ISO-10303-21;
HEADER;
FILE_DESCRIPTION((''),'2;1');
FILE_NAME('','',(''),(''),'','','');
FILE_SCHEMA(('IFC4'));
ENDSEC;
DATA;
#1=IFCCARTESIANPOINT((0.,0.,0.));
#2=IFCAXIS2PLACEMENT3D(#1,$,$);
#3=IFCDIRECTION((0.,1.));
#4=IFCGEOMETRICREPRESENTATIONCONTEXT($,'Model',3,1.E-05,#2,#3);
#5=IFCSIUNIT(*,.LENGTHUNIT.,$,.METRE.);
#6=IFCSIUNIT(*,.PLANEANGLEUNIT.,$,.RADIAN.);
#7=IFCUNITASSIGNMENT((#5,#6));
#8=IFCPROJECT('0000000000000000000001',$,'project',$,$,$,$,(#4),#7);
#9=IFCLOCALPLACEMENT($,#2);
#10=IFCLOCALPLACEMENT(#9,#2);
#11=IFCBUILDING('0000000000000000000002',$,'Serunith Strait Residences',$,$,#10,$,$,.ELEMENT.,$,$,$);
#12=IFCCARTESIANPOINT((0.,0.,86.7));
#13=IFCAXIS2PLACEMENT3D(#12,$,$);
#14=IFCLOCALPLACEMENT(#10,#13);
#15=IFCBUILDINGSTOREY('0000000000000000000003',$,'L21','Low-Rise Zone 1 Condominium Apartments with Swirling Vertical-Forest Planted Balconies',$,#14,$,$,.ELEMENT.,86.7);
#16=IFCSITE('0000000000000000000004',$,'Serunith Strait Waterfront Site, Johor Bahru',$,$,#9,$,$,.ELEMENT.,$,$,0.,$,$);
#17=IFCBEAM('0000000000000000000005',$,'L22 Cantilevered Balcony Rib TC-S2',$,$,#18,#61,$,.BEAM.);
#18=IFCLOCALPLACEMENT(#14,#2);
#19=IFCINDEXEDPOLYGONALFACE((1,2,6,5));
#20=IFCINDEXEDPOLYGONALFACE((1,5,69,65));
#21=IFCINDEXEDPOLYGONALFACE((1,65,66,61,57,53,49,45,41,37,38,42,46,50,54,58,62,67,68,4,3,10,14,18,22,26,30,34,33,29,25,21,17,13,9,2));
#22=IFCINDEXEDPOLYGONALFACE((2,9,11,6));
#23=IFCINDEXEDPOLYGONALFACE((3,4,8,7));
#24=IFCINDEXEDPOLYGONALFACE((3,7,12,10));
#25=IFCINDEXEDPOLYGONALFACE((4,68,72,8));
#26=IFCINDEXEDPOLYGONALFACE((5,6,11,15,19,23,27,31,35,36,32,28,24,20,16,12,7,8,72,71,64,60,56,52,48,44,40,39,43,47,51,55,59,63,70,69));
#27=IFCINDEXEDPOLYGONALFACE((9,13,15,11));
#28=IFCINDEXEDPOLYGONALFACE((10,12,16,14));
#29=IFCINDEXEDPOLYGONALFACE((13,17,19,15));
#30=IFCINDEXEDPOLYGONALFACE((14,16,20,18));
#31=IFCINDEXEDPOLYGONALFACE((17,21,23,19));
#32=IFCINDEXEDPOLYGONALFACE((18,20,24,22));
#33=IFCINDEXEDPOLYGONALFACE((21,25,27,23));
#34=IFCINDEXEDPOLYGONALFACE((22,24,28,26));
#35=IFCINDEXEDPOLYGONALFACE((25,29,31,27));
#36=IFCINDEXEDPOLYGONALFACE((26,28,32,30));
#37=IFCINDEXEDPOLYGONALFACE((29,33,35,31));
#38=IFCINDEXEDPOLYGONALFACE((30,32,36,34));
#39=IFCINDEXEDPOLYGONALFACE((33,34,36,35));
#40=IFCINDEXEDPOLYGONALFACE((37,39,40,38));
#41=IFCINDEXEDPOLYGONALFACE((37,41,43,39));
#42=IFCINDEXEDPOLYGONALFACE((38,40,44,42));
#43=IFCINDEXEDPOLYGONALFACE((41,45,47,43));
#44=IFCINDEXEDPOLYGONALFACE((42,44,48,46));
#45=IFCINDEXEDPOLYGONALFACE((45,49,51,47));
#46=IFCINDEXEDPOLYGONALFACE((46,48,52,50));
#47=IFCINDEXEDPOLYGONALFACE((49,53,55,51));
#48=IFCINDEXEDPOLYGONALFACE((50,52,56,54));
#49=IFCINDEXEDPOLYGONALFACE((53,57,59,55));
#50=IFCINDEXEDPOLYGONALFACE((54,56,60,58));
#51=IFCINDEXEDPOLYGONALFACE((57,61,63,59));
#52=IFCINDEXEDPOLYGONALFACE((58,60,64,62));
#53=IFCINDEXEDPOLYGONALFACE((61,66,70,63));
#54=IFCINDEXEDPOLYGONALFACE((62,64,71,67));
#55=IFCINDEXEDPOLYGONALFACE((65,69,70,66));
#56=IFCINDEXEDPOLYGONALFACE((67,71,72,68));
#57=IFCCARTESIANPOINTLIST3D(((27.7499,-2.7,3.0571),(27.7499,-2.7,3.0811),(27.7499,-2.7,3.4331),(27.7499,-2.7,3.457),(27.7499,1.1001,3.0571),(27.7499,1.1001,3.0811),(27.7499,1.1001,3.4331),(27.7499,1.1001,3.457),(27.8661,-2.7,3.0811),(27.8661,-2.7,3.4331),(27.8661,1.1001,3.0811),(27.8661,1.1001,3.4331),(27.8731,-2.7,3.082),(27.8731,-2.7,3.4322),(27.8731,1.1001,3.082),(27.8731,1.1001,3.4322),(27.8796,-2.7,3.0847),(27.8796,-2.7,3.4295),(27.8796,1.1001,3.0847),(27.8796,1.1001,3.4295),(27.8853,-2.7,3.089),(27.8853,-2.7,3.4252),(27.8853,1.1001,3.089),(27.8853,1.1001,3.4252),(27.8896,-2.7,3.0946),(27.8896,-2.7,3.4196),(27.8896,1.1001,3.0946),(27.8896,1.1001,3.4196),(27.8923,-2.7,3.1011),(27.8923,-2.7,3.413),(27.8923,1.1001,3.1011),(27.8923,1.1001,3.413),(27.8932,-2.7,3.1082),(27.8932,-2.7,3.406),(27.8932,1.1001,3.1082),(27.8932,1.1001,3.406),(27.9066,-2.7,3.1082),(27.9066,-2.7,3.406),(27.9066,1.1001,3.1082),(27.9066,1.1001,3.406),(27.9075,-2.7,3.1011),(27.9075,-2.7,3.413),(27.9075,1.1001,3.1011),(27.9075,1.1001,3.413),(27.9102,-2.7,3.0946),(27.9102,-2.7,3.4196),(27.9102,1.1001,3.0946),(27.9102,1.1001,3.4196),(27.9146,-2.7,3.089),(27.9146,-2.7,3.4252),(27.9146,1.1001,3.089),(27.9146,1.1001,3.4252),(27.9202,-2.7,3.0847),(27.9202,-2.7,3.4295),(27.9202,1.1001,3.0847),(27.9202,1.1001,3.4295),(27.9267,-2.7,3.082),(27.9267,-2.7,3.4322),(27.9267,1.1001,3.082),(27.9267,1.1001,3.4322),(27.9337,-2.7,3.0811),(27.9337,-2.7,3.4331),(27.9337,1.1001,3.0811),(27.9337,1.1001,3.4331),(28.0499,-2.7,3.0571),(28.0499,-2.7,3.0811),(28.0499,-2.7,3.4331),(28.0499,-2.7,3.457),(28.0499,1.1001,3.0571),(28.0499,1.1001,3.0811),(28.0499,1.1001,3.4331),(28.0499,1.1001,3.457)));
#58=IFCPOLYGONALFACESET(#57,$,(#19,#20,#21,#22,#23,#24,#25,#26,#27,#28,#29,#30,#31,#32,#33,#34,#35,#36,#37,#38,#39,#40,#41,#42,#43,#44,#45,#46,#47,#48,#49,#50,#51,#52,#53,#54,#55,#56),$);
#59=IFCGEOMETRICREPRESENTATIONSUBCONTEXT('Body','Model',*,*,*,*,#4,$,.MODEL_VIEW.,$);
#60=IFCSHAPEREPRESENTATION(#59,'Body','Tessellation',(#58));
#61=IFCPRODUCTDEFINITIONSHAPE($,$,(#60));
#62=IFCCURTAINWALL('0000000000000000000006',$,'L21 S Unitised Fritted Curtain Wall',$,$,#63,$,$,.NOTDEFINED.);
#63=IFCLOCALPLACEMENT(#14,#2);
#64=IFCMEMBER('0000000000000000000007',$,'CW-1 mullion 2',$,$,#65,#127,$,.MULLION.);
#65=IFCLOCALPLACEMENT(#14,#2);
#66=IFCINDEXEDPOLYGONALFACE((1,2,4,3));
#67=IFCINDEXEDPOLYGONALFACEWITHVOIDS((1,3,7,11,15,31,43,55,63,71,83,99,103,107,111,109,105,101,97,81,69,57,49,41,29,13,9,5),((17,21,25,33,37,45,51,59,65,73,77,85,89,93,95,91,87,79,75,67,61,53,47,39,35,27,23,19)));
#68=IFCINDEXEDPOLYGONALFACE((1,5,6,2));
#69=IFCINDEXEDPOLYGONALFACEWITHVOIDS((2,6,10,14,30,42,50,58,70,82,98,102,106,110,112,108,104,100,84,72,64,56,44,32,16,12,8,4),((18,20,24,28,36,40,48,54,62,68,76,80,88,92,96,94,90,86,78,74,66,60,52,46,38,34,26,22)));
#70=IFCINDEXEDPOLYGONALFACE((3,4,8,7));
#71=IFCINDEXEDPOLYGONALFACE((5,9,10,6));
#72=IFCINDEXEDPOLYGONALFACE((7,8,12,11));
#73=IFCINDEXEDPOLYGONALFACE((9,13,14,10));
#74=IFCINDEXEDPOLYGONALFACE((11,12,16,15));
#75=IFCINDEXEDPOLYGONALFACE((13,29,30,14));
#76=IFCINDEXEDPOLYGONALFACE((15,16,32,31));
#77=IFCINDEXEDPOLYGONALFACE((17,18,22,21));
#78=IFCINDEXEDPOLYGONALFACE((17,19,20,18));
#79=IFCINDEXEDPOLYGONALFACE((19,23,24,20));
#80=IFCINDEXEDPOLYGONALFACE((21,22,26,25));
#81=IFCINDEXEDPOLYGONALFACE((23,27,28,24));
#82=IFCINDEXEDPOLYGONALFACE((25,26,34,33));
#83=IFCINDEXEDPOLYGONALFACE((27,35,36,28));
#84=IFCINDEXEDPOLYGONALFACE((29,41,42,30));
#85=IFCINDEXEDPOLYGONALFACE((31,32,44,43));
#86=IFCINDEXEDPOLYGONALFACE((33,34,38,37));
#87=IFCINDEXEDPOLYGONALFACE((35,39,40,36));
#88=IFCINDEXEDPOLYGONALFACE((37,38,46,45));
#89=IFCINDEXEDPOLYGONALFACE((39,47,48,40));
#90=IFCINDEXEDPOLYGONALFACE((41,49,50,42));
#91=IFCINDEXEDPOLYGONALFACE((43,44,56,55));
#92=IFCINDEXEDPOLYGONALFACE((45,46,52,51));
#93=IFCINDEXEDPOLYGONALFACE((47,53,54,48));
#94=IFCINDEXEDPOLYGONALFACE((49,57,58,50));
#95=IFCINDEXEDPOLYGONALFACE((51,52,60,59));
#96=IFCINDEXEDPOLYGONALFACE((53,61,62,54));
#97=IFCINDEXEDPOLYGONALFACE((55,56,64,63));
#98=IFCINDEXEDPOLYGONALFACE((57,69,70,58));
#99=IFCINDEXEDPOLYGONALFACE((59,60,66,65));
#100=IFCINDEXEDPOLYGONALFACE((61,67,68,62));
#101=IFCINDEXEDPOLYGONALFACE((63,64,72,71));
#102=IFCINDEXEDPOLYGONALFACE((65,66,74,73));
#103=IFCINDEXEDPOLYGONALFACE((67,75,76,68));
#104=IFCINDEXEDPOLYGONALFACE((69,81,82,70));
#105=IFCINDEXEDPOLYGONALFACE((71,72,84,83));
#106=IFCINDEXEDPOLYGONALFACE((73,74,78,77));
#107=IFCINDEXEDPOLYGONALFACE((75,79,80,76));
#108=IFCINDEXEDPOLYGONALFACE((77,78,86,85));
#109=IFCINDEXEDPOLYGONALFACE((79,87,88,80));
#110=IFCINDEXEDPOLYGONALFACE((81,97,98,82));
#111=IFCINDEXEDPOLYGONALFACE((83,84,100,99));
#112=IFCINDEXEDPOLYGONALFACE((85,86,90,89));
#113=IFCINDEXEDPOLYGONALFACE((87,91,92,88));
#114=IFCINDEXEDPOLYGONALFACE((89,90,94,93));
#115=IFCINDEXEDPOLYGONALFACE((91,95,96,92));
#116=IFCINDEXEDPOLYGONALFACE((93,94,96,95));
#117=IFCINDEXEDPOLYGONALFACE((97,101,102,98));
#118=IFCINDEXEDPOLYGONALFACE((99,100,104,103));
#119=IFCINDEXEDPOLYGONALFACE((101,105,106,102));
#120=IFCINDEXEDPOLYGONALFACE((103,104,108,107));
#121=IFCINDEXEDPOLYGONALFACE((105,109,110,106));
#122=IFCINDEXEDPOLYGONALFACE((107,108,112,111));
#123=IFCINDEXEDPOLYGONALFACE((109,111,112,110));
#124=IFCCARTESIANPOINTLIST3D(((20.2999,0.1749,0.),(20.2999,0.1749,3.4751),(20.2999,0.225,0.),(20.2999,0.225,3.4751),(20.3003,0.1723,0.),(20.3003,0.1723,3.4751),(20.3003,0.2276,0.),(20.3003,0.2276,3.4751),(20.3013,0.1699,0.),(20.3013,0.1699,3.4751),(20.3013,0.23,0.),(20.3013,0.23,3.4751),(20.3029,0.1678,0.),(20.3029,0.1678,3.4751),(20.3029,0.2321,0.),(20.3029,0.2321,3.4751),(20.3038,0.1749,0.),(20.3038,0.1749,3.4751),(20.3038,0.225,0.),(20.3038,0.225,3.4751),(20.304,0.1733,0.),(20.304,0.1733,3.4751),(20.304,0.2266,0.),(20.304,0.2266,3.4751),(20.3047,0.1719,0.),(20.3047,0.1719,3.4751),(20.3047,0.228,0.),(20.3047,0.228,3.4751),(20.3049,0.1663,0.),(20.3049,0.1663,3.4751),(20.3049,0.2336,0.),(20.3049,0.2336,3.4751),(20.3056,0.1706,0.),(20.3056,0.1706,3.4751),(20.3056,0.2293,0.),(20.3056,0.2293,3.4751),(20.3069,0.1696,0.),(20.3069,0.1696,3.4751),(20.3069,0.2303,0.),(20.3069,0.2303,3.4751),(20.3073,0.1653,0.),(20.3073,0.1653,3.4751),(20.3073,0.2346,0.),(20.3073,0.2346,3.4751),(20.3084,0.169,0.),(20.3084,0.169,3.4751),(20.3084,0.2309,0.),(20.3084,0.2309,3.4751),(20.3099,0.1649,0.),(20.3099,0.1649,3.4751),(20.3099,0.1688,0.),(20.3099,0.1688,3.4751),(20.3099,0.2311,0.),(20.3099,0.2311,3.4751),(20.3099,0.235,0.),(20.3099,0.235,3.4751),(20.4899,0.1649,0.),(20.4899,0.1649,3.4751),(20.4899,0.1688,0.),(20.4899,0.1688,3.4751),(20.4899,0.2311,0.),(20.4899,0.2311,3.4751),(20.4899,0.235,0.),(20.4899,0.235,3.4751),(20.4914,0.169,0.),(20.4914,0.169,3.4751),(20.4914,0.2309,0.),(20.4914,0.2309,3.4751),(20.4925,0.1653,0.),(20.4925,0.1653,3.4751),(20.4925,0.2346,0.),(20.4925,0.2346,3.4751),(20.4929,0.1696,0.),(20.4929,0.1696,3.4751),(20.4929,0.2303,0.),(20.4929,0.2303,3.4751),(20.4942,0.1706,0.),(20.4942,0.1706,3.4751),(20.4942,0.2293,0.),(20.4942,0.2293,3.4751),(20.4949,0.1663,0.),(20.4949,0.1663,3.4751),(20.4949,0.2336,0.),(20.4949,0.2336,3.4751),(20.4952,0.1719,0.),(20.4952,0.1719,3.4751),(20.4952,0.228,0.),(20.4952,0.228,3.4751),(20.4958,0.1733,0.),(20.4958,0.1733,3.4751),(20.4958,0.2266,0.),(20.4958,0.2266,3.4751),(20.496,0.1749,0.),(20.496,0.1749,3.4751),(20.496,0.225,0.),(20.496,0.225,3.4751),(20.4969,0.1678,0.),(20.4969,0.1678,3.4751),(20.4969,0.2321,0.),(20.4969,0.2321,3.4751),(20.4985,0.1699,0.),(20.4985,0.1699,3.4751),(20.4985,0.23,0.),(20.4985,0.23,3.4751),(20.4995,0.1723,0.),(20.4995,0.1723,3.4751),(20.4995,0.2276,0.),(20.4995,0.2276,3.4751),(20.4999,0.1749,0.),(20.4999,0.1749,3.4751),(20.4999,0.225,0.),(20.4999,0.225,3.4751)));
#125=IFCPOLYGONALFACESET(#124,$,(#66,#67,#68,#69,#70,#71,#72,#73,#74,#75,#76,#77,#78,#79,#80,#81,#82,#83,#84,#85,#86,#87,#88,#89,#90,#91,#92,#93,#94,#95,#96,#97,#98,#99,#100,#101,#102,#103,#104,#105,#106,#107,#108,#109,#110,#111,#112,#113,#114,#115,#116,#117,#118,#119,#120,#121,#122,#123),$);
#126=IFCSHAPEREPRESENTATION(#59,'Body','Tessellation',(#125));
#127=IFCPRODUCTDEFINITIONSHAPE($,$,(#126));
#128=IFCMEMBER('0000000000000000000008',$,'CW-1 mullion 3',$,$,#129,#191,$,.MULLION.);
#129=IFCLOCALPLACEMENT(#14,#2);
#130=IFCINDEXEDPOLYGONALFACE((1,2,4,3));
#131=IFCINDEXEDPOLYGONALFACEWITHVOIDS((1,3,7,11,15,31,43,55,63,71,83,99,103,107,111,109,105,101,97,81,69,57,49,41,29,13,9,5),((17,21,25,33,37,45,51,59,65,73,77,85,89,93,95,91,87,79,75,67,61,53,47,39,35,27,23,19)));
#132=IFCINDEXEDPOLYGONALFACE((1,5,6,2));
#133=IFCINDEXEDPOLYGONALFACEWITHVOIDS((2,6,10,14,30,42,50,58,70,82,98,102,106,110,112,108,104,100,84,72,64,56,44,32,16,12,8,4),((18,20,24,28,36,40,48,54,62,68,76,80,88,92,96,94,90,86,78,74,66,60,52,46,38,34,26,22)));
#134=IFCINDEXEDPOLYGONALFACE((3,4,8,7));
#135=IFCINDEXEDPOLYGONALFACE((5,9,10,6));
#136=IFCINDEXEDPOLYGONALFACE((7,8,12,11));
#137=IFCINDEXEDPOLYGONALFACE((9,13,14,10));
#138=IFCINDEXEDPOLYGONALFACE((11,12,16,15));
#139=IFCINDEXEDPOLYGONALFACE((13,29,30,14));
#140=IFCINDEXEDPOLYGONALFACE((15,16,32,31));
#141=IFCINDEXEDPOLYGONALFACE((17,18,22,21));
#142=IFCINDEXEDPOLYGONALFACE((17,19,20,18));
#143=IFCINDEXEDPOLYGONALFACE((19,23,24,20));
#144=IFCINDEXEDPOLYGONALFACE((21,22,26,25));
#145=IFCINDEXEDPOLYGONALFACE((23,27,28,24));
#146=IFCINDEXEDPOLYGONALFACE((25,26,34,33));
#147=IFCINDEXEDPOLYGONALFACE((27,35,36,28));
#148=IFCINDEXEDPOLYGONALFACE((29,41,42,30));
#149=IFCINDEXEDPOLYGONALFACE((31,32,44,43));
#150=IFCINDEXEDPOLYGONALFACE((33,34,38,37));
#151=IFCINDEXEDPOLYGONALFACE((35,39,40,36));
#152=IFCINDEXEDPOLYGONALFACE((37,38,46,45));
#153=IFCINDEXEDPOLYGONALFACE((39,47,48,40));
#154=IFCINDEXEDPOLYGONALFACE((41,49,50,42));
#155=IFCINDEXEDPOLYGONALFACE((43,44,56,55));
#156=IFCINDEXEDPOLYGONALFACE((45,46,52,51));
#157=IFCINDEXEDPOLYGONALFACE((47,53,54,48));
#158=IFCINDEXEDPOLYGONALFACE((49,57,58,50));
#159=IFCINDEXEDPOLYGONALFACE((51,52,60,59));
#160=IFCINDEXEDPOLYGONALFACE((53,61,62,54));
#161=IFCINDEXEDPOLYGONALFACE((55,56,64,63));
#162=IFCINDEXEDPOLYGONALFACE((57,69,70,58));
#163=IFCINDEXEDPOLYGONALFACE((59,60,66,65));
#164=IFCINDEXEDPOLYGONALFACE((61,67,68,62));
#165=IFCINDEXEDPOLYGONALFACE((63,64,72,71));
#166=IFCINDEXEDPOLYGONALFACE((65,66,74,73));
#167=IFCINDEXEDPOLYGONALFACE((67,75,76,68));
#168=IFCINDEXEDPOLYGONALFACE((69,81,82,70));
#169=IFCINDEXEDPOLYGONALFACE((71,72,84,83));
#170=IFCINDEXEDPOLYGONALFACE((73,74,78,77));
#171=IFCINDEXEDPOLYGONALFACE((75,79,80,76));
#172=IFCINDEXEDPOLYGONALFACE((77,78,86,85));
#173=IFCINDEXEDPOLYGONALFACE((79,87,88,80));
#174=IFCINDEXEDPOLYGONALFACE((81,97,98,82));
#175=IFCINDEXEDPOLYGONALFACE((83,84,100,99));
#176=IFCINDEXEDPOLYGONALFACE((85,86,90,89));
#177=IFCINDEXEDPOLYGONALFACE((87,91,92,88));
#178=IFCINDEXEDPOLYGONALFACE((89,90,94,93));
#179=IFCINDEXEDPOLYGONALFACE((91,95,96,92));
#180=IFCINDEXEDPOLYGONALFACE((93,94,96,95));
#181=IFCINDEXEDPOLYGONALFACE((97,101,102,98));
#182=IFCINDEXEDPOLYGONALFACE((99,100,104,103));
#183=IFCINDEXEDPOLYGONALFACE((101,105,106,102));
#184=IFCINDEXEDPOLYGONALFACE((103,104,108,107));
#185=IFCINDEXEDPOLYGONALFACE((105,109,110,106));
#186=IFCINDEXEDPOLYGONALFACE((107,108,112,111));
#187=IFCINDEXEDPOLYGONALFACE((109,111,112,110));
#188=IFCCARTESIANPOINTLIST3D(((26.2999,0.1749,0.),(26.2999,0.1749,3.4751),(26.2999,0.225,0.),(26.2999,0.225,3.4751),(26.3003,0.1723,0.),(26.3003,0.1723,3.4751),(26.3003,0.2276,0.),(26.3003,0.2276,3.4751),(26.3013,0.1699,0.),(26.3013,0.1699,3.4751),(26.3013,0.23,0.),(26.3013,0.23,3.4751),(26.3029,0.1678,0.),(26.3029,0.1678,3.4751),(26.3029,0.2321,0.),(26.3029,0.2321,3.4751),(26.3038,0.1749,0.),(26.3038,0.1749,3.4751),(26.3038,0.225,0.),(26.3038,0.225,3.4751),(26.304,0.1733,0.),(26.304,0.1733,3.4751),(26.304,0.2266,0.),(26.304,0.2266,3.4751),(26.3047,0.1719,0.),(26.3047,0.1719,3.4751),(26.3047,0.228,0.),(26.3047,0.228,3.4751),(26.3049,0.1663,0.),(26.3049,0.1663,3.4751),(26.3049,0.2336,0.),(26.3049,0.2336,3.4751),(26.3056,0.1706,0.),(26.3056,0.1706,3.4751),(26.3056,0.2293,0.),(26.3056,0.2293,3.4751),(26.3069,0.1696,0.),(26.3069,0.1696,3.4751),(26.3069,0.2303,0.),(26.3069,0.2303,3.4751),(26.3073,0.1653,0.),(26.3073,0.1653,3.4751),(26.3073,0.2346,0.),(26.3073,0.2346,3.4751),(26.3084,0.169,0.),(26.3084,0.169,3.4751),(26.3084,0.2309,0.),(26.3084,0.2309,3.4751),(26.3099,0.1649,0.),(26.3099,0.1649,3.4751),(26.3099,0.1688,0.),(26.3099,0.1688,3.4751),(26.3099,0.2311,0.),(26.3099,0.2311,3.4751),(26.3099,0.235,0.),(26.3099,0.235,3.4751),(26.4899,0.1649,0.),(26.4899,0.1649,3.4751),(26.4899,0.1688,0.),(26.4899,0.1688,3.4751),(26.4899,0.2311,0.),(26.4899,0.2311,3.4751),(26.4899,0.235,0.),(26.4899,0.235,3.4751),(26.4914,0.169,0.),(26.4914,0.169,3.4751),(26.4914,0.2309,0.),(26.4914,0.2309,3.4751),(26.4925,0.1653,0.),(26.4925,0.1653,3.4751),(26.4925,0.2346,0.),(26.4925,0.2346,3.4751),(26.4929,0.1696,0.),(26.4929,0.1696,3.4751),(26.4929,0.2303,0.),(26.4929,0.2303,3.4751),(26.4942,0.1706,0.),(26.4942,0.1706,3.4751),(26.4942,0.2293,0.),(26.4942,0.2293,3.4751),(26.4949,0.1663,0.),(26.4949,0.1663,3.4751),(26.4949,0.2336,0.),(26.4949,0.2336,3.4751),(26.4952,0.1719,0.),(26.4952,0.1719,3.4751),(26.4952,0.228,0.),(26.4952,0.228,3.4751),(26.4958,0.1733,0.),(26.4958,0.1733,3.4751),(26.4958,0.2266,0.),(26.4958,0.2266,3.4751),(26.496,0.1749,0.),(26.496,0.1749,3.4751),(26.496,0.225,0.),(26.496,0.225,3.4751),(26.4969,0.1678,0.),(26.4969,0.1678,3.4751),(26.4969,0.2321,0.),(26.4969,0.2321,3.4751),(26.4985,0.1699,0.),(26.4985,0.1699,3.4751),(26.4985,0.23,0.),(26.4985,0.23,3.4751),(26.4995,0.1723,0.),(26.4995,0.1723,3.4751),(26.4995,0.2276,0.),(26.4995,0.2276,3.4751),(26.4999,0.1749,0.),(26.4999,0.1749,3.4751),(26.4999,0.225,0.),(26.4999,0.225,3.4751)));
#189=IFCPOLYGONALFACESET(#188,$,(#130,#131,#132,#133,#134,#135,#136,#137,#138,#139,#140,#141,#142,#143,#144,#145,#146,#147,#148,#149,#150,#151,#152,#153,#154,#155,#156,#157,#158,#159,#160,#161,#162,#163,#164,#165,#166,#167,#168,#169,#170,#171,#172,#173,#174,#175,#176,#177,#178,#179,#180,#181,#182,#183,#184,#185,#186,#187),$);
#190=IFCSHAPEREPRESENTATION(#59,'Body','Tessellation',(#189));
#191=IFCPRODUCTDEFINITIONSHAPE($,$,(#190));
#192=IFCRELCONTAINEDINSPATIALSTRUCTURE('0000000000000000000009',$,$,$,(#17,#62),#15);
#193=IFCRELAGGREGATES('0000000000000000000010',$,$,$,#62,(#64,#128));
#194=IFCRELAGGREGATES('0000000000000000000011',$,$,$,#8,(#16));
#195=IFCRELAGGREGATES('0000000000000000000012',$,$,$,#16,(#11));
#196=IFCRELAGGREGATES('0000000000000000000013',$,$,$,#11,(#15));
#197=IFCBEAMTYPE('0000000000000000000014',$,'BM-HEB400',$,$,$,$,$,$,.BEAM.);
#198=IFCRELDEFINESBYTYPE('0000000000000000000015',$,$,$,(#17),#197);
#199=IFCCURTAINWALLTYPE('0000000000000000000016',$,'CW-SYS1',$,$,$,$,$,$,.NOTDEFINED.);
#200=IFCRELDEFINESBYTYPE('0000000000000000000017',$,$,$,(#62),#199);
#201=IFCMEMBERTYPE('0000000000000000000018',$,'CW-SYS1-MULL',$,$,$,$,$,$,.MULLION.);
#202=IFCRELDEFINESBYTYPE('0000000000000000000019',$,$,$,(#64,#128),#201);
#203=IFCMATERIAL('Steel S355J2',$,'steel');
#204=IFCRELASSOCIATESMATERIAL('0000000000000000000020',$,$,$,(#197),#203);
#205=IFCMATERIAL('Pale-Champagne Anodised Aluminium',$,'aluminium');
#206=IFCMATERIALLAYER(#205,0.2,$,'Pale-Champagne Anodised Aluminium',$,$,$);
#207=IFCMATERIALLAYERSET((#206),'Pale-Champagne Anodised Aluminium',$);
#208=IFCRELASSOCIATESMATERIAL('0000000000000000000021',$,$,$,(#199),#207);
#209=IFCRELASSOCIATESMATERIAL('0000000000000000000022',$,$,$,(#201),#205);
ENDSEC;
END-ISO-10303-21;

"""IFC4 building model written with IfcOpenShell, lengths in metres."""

from ifc_helpers import new_model, si_unit, direction, frame, origin, origin_2d, place, context, subcontext, project, spatial, hollow_rectangle, i_section, extrude, source, transform, mapped, material, layer, layer_set, material_profile, profile_set, type_object, element, aggregate, save


model = new_model("IFC4")

# Units and contexts
model_context = context("Model", 3, precision=1e-05, world=origin(), true_north=direction((0.0, 1.0)))
body_context = subcontext(model_context, "Body", "Model", "MODEL_VIEW")
ifc_project = project(units=[si_unit("LENGTHUNIT", "METRE"), si_unit("PLANEANGLEUNIT", "RADIAN")], contexts=[model_context])

# Site, building, storey
site_placement = place(None, origin())
site = spatial("IfcSite", under=ifc_project, at=site_placement, Name="Serunith Strait Waterfront Site, Johor Bahru", CompositionType="ELEMENT", RefElevation=0.0)
building_placement = place(site_placement, origin())
building = spatial("IfcBuilding", under=site, at=building_placement, Name="Serunith Strait Residences", CompositionType="ELEMENT")
storey_placement = place(building_placement, frame((0.0, 0.0, 86.7)))
storey = spatial("IfcBuildingStorey", under=building, at=storey_placement, Name="L21", Description="Low-Rise Zone 1 Condominium Apartments with Swirling Vertical-Forest Planted Balconies", CompositionType="ELEMENT", Elevation=86.7)

# Beam
ifc_material_1 = material(Name="Steel S355J2", Category="steel")
ifc_material_profile_1 = material_profile(ifc_material_1, i_section(OverallWidth=0.3, OverallDepth=0.3999, WebThickness=0.0134, FlangeThickness=0.0239, FilletRadius=0.0271, at=origin_2d()), Name="HEB 400")
ifc_profile_set_1 = profile_set([ifc_material_profile_1], Name="Steel S355J2")
beam_type_1 = type_object("IfcBeamType", Name="BM-HEB400", PredefinedType="BEAM", material=ifc_profile_set_1)
shared_shape_1 = source(origin(), body_context, "Body", "SweptSolid", [
    extrude(i_section(OverallWidth=0.3, OverallDepth=0.3999, WebThickness=0.0134, FlangeThickness=0.0239, FilletRadius=0.0271, at=origin_2d()), origin(), (0.0, 0.0, 1.0), 3.8),
])
beam_1_placement = place(storey_placement, frame((27.8999, 1.1001, 3.2571), z_axis=(0.0, -1.0, 0.0), x_axis=(1.0, 0.0, 0.0)))
element("IfcBeam", 1, at=beam_1_placement, inside=storey, type_object=beam_type_1, Name="L22 Cantilevered Balcony Rib TC-S2", PredefinedType="BEAM", context=body_context, shape_type="MappedRepresentation", body=[
    mapped(shared_shape_1, transform((0.0, 0.0, 0.0), scale=1.0)),
])

# Curtain wall, members
ifc_material_2 = material(Name="Pale-Champagne Anodised Aluminium", Category="aluminium")
ifc_layer_1 = layer(ifc_material_2, 0.2, Name="Pale-Champagne Anodised Aluminium")
ifc_layer_set_1 = layer_set([ifc_layer_1], Name="Pale-Champagne Anodised Aluminium")
curtain_wall_type = type_object("IfcCurtainWallType", Name="CW-SYS1", PredefinedType="NOTDEFINED", material=ifc_layer_set_1)
curtain_wall_placement = place(storey_placement, origin())
curtain_wall = element("IfcCurtainWall", 2, at=curtain_wall_placement, inside=storey, type_object=curtain_wall_type, Name="L21 S Unitised Fritted Curtain Wall", PredefinedType="NOTDEFINED")
ifc_material_profile_2 = material_profile(ifc_material_2, hollow_rectangle(XDim=0.0701, YDim=0.2, WallThickness=0.0039, InnerFilletRadius=0.0061, OuterFilletRadius=0.01, at=origin_2d()), Name="ALU 200x70x4")
ifc_profile_set_2 = profile_set([ifc_material_profile_2], Name="Pale-Champagne Anodised Aluminium")
member_type_1 = type_object("IfcMemberType", Name="CW-SYS1-MULL", PredefinedType="MULLION", material=ifc_profile_set_2)
shared_shape_2 = source(origin(), body_context, "Body", "SweptSolid", [
    extrude(hollow_rectangle(XDim=0.0701, YDim=0.2, WallThickness=0.0039, InnerFilletRadius=0.0061, OuterFilletRadius=0.01, at=origin_2d()), origin(), (0.0, 0.0, 1.0), 3.4751),
])
member_1_placement = place(storey_placement, frame((20.3999, 0.2, 0.0), z_axis=(0.0, 0.0, 1.0), x_axis=(0.0, 1.0, 0.0)))
member_1 = element("IfcMember", 3, at=member_1_placement, type_object=member_type_1, Name="CW-1 mullion 2", PredefinedType="MULLION", context=body_context, shape_type="MappedRepresentation", body=[
    mapped(shared_shape_2, transform((0.0, 0.0, 0.0), scale=1.0)),
])
member_2_placement = place(storey_placement, frame((26.3999, 0.2, 0.0), z_axis=(0.0, 0.0, 1.0), x_axis=(0.0, 1.0, 0.0)))
member_2 = element("IfcMember", 4, at=member_2_placement, type_object=member_type_1, Name="CW-1 mullion 3", PredefinedType="MULLION", context=body_context, shape_type="MappedRepresentation", body=[
    mapped(shared_shape_2, transform((0.0, 0.0, 0.0), scale=1.0)),
])
aggregate(curtain_wall, [member_1, member_2])

save(model, "model.ifc")
